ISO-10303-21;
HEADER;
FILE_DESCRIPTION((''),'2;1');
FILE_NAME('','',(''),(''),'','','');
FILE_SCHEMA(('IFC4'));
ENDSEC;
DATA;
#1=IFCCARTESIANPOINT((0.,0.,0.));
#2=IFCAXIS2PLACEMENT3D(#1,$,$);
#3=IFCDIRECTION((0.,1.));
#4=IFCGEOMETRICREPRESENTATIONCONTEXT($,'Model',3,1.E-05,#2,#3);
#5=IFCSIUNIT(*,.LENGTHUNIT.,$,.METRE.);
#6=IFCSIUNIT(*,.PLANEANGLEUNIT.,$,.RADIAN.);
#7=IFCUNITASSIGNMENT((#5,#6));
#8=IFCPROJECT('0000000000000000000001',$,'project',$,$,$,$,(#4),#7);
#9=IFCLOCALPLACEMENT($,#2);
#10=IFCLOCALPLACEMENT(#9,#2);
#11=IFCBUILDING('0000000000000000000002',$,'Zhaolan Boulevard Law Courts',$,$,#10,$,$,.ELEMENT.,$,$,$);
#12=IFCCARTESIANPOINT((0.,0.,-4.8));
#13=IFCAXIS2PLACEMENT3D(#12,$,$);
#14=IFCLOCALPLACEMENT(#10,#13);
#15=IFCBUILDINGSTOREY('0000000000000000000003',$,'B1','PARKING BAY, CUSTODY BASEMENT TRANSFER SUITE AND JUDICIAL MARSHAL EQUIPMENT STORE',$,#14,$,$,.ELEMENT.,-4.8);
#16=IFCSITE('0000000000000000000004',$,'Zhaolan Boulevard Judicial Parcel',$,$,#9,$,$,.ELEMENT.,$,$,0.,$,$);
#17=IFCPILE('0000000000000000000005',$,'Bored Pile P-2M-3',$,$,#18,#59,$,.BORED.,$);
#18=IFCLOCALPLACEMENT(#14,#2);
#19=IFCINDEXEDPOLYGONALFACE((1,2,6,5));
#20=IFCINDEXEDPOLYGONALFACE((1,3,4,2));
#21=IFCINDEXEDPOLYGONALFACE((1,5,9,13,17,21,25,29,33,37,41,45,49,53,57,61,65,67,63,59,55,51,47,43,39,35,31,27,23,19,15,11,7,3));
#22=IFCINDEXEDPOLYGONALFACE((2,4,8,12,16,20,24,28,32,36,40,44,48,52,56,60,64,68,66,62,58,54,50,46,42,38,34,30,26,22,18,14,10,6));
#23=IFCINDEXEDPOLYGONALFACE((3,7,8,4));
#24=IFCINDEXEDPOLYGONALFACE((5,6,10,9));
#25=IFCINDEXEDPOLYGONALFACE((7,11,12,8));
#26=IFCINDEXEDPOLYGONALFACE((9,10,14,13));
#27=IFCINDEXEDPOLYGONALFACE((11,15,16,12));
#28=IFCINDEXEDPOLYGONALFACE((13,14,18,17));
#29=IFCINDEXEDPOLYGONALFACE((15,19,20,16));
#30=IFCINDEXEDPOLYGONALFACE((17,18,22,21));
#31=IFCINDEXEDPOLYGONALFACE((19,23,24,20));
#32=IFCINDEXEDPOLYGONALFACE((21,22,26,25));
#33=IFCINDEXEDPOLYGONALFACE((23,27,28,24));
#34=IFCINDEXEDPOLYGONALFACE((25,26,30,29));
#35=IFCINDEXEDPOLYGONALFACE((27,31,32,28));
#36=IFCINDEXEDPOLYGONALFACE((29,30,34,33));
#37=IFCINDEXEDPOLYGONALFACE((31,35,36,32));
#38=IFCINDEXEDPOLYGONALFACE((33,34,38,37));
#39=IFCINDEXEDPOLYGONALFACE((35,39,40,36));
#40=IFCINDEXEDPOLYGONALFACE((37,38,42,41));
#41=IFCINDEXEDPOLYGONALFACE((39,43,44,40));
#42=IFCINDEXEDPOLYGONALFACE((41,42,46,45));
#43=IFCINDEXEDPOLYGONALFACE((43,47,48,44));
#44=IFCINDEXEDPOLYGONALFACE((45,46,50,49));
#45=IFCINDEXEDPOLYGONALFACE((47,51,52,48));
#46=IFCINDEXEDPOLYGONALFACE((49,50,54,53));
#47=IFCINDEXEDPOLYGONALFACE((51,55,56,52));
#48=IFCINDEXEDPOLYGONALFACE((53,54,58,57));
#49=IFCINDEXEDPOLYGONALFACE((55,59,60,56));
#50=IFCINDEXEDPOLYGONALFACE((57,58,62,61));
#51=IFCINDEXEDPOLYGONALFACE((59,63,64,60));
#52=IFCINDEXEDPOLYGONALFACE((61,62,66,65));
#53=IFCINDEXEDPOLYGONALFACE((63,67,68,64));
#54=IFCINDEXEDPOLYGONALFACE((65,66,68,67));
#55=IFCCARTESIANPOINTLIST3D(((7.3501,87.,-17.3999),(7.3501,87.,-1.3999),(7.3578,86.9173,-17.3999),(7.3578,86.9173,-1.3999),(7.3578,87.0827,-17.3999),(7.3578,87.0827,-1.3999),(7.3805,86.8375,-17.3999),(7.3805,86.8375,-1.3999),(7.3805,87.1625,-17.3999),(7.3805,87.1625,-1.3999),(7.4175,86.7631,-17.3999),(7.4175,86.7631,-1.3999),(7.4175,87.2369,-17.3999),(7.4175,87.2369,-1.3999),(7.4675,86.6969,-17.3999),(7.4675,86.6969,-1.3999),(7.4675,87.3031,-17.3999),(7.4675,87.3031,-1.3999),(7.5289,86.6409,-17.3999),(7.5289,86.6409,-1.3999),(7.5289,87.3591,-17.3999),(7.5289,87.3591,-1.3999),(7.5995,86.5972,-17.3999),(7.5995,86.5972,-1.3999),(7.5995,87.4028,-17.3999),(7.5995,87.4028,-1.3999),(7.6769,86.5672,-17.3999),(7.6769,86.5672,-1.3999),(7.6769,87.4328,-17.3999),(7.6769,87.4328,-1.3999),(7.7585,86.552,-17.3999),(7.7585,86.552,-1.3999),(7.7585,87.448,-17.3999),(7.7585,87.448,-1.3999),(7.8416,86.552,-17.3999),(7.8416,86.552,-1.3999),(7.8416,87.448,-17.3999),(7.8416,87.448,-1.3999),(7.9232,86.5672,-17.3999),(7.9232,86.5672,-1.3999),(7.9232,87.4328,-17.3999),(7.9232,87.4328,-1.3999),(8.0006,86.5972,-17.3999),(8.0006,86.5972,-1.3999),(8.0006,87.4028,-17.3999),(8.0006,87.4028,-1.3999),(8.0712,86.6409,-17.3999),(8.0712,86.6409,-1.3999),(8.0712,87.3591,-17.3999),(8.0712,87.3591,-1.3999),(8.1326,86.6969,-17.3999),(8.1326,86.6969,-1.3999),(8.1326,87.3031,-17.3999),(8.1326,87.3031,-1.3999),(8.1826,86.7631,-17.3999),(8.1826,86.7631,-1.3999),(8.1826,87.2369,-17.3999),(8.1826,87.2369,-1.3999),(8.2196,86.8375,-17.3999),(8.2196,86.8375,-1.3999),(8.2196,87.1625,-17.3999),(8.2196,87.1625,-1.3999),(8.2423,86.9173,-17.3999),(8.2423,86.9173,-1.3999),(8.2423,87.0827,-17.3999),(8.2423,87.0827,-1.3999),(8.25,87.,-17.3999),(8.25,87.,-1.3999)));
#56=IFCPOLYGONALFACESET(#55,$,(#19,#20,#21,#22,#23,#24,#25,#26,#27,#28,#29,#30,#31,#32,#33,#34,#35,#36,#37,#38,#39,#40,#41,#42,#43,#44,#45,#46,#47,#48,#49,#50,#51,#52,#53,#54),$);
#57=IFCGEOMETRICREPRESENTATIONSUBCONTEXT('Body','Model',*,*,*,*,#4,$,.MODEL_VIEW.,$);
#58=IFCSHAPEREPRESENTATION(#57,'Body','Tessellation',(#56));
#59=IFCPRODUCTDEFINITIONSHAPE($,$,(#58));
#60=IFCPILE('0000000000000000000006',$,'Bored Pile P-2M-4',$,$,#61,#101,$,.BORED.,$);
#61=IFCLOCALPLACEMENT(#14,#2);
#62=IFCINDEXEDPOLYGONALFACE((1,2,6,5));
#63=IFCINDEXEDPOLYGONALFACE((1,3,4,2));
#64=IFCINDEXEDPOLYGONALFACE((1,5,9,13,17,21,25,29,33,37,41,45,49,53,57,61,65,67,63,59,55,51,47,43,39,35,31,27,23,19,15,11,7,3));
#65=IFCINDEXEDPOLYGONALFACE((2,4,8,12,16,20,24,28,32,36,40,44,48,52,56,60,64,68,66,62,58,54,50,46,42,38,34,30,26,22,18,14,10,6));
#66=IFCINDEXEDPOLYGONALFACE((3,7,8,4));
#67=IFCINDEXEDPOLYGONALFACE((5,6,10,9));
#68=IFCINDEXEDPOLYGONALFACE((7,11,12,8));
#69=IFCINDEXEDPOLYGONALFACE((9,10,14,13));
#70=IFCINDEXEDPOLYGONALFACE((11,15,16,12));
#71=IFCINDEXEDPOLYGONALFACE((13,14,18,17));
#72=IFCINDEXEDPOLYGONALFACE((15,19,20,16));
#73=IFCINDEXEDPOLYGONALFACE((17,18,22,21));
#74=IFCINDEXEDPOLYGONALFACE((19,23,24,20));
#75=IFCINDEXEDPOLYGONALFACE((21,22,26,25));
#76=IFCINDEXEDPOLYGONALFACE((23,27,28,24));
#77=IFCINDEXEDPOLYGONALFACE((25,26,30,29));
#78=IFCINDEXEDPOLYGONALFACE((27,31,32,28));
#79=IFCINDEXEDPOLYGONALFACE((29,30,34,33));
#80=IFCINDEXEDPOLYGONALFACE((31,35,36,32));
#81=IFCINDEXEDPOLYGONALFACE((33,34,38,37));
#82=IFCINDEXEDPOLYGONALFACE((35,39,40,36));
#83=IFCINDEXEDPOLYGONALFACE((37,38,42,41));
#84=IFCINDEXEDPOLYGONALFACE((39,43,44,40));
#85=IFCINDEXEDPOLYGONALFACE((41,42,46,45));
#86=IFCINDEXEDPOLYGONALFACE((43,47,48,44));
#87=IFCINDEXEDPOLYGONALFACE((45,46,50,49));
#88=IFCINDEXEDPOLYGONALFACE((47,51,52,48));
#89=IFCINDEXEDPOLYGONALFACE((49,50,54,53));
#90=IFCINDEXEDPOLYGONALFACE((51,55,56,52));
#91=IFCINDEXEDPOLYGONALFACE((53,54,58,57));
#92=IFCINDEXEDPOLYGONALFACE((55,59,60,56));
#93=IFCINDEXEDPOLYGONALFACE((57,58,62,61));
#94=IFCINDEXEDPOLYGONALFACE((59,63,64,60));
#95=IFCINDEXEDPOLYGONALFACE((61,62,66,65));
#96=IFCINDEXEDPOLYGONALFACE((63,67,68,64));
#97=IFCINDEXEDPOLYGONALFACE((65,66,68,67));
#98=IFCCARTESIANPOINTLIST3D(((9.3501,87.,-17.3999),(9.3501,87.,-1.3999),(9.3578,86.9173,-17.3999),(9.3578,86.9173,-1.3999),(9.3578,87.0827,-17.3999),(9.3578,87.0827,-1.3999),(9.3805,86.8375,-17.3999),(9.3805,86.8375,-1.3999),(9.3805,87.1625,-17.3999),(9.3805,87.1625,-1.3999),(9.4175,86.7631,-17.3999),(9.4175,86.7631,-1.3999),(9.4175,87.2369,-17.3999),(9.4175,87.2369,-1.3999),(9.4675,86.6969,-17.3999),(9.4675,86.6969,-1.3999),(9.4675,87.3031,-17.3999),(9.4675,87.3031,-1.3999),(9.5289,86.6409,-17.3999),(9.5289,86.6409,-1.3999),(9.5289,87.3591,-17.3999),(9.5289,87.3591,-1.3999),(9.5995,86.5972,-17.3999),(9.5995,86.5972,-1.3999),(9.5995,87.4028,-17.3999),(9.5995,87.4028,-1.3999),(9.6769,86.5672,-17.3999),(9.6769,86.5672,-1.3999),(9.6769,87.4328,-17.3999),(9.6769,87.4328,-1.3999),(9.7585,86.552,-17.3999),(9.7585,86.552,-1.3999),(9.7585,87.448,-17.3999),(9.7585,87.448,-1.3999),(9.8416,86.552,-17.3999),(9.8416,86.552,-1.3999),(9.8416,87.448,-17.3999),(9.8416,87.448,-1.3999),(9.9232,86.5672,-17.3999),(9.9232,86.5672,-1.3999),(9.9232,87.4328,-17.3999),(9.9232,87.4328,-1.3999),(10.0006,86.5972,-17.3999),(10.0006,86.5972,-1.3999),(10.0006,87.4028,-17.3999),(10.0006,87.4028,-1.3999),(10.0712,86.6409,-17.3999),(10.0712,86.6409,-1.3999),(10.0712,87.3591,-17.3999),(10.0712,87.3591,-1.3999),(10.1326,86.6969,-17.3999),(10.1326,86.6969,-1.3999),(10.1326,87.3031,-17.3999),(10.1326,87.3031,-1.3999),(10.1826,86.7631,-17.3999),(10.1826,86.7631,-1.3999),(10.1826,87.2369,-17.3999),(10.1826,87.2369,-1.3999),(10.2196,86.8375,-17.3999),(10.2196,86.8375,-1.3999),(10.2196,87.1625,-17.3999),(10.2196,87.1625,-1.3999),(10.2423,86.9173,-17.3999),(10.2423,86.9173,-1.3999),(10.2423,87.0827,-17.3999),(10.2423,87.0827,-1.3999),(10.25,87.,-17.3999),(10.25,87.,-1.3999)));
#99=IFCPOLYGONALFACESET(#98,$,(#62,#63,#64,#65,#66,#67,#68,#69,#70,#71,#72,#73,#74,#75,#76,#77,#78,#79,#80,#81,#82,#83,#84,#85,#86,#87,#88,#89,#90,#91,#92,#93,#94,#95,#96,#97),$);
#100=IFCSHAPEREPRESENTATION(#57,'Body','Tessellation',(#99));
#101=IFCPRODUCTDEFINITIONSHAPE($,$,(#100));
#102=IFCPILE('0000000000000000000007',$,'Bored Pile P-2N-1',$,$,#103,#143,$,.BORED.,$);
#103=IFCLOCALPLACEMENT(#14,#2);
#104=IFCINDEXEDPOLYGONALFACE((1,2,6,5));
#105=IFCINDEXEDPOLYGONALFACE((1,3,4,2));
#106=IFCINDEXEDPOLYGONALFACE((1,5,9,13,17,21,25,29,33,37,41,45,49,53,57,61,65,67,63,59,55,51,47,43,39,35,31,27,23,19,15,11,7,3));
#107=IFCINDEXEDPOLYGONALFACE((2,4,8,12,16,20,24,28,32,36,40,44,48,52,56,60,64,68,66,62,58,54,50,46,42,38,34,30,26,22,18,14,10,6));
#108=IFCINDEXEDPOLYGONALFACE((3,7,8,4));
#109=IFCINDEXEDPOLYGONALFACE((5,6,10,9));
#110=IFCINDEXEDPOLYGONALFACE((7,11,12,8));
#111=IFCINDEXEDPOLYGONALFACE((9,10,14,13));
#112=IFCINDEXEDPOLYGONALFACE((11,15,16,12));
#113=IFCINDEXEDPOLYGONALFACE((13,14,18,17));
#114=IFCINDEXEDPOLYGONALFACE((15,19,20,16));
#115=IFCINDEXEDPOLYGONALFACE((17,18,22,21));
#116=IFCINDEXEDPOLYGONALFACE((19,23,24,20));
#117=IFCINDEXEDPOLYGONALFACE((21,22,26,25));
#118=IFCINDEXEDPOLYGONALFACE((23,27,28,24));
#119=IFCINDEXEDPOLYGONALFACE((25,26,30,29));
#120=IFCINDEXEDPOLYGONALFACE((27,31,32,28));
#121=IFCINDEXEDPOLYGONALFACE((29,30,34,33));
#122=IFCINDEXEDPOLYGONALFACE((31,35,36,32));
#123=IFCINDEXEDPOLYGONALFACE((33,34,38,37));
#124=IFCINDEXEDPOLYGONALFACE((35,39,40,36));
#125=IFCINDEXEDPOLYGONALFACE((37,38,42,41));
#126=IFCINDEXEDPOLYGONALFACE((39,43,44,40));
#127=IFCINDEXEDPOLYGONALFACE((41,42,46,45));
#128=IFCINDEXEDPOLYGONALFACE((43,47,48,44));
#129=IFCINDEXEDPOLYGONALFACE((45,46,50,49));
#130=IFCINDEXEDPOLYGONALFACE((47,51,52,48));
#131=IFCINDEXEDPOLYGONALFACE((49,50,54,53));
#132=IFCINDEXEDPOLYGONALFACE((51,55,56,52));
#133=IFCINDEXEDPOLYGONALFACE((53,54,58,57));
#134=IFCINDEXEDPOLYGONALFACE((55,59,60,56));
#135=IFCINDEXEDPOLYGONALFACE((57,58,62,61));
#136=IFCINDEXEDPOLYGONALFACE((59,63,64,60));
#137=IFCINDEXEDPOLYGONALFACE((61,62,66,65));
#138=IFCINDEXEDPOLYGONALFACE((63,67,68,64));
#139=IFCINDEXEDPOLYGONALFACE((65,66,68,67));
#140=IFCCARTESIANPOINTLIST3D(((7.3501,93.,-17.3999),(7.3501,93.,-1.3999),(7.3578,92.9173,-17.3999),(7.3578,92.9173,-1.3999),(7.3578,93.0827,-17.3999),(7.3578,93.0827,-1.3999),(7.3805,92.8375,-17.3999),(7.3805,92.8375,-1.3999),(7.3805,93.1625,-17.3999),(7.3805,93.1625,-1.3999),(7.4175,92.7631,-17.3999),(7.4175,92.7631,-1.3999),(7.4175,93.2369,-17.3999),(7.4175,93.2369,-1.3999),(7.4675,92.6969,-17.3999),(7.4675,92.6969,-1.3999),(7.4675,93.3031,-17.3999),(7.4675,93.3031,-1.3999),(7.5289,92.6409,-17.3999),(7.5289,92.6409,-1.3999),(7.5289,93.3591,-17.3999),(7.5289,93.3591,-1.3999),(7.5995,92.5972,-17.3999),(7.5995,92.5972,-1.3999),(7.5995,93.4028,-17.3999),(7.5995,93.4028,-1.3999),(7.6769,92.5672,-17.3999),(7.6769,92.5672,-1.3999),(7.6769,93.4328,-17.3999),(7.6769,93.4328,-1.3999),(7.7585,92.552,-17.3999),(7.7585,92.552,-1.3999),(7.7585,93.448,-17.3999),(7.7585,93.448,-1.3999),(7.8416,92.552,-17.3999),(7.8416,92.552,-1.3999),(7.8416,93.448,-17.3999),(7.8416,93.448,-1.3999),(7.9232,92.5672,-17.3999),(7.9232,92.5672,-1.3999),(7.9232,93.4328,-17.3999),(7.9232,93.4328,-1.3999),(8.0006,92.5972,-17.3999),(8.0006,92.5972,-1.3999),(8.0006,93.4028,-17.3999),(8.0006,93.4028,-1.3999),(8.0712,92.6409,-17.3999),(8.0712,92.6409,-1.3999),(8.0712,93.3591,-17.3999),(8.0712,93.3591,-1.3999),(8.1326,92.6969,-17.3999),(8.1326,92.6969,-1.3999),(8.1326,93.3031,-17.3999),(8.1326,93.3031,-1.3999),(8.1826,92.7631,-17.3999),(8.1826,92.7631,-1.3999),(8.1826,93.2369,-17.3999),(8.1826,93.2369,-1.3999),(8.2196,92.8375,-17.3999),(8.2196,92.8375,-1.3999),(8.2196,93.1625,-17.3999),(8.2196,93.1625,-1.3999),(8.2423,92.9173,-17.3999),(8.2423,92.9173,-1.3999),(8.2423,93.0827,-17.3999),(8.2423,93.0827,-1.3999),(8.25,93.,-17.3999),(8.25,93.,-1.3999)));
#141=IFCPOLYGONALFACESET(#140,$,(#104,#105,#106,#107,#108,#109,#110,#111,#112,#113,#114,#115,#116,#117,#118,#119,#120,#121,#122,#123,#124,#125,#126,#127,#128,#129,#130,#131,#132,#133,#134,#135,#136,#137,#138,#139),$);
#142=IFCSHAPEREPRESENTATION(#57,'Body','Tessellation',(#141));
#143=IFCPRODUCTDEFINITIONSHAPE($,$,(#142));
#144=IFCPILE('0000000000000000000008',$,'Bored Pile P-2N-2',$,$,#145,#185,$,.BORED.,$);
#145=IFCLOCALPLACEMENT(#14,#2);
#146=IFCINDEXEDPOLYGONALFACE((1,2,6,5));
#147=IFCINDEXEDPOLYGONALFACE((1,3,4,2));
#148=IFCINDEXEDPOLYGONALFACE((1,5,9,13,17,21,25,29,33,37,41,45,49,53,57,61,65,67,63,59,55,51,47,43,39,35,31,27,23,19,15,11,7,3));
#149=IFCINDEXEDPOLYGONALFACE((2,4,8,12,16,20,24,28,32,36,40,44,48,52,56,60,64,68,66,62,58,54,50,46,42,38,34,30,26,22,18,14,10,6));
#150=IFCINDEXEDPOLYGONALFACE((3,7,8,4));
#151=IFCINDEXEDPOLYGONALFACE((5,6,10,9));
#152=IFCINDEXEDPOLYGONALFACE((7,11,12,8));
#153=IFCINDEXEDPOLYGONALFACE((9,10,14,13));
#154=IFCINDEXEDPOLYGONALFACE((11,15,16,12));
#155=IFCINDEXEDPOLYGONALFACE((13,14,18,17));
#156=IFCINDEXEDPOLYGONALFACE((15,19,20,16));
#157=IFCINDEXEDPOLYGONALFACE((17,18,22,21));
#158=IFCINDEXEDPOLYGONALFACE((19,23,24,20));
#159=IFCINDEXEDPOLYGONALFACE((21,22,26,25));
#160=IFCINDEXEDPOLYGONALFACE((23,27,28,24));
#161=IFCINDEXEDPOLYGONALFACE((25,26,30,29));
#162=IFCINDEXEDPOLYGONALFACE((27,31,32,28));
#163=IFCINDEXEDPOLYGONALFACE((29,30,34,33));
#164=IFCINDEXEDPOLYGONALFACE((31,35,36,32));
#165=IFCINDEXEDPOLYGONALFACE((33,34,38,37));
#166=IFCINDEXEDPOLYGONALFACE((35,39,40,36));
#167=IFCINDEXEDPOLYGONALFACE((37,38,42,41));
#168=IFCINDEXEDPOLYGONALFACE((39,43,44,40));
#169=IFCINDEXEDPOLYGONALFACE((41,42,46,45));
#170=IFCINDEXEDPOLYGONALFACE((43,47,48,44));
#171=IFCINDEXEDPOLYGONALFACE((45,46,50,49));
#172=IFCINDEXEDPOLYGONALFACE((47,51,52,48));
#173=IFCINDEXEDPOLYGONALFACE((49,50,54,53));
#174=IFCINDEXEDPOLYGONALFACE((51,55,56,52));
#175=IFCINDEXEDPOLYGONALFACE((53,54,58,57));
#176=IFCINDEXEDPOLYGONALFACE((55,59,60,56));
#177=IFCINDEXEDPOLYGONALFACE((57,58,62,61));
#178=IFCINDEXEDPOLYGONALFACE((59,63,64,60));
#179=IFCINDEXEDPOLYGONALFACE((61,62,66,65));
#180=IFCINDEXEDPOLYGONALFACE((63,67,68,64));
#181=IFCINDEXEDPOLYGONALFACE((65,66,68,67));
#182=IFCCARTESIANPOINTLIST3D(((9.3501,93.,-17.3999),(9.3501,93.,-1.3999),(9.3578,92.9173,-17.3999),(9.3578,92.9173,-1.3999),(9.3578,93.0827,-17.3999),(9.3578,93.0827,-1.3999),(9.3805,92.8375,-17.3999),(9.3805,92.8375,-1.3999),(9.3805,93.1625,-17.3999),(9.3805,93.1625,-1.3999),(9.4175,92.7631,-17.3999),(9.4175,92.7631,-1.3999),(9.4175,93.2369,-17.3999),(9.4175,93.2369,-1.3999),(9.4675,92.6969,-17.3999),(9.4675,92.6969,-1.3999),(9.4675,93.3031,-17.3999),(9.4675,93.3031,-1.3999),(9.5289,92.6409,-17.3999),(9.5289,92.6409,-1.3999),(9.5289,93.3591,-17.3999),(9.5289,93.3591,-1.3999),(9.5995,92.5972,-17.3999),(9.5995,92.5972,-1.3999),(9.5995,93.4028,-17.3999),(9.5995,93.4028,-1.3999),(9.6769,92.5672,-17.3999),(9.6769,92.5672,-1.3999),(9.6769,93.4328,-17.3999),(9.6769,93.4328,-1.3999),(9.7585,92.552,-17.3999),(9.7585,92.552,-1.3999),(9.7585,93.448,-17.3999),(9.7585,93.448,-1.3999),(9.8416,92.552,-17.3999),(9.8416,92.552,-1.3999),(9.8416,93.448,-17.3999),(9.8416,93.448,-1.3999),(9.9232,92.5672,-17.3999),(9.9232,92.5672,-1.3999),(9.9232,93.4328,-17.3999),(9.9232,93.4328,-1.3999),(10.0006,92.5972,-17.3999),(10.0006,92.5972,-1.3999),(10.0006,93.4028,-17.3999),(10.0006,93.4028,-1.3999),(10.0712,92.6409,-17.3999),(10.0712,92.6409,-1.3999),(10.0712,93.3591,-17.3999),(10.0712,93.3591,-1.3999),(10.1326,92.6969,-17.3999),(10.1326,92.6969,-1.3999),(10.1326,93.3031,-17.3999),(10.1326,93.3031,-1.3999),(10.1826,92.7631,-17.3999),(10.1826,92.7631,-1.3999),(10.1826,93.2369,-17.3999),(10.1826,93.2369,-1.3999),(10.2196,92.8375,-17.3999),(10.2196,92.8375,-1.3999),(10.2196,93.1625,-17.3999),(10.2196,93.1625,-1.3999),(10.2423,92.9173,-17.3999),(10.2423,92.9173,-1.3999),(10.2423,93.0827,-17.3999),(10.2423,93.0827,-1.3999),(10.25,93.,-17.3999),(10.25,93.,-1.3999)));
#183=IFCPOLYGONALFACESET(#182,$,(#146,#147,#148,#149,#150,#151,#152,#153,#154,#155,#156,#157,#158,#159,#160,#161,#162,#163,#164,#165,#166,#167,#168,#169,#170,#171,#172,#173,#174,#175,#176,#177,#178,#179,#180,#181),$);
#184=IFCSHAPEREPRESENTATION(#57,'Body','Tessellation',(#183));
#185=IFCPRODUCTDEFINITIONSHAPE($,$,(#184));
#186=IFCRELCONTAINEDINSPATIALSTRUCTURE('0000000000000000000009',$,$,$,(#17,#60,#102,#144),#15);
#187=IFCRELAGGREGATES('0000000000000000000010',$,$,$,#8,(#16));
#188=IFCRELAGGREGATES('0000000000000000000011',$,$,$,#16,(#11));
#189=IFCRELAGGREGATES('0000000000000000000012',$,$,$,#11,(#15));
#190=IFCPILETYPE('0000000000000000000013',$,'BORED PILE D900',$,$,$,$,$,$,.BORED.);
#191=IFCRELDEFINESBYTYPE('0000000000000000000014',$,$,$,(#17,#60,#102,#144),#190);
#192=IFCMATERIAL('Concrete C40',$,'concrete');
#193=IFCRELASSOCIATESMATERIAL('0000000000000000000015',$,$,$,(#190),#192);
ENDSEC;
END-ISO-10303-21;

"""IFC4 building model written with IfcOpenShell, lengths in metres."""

from ifc_helpers import new_model, si_unit, direction, frame, origin, origin_2d, place, context, subcontext, project, spatial, circle, extrude, material, material_profile, profile_set, type_object, element, save


model = new_model("IFC4")

# Units and contexts
model_context = context("Model", 3, precision=1e-05, world=origin(), true_north=direction((0.0, 1.0)))
body_context = subcontext(model_context, "Body", "Model", "MODEL_VIEW")
ifc_project = project(units=[si_unit("LENGTHUNIT", "METRE"), si_unit("PLANEANGLEUNIT", "RADIAN")], contexts=[model_context])

# Site, building, storey
site_placement = place(None, origin())
site = spatial("IfcSite", under=ifc_project, at=site_placement, Name="Zhaolan Boulevard Judicial Parcel", CompositionType="ELEMENT", RefElevation=0.0)
building_placement = place(site_placement, origin())
building = spatial("IfcBuilding", under=site, at=building_placement, Name="Zhaolan Boulevard Law Courts", CompositionType="ELEMENT")
storey_placement = place(building_placement, frame((0.0, 0.0, -4.8)))
storey = spatial("IfcBuildingStorey", under=building, at=storey_placement, Name="B1", Description="PARKING BAY, CUSTODY BASEMENT TRANSFER SUITE AND JUDICIAL MARSHAL EQUIPMENT STORE", CompositionType="ELEMENT", Elevation=-4.8)

# Piles
ifc_material_1 = material(Name="Concrete C40", Category="concrete")
ifc_material_profile_1 = material_profile(ifc_material_1, circle(Radius=0.45, at=origin_2d()), Name="PILE-D900")
ifc_profile_set_1 = profile_set([ifc_material_profile_1], Name="Concrete C40")
pile_type_1 = type_object("IfcPileType", Name="BORED PILE D900", PredefinedType="BORED", material=ifc_profile_set_1)
for number, where, z_axis, x_axis, name in (
    (1, (7.8, 87.0, -1.3999), (0.0, 0.0, -1.0), (1.0, 0.0, 0.0), "Bored Pile P-2M-3"),
    (2, (9.8, 87.0, -1.3999), (0.0, 0.0, -1.0), (1.0, 0.0, 0.0), "Bored Pile P-2M-4"),
    (3, (7.8, 93.0, -1.3999), (0.0, 0.0, -1.0), (1.0, 0.0, 0.0), "Bored Pile P-2N-1"),
    (4, (9.8, 93.0, -1.3999), (0.0, 0.0, -1.0), (1.0, 0.0, 0.0), "Bored Pile P-2N-2"),
):
    element("IfcPile", number, at=place(storey_placement, frame(where, z_axis=z_axis, x_axis=x_axis)), inside=storey, type_object=pile_type_1, Name=name, PredefinedType="BORED", context=body_context, shape_type="SweptSolid", body=[
        extrude(circle(Radius=0.45, at=origin_2d()), origin(), (0.0, 0.0, 1.0), 16.0),
    ])

save(model, "model.ifc")
